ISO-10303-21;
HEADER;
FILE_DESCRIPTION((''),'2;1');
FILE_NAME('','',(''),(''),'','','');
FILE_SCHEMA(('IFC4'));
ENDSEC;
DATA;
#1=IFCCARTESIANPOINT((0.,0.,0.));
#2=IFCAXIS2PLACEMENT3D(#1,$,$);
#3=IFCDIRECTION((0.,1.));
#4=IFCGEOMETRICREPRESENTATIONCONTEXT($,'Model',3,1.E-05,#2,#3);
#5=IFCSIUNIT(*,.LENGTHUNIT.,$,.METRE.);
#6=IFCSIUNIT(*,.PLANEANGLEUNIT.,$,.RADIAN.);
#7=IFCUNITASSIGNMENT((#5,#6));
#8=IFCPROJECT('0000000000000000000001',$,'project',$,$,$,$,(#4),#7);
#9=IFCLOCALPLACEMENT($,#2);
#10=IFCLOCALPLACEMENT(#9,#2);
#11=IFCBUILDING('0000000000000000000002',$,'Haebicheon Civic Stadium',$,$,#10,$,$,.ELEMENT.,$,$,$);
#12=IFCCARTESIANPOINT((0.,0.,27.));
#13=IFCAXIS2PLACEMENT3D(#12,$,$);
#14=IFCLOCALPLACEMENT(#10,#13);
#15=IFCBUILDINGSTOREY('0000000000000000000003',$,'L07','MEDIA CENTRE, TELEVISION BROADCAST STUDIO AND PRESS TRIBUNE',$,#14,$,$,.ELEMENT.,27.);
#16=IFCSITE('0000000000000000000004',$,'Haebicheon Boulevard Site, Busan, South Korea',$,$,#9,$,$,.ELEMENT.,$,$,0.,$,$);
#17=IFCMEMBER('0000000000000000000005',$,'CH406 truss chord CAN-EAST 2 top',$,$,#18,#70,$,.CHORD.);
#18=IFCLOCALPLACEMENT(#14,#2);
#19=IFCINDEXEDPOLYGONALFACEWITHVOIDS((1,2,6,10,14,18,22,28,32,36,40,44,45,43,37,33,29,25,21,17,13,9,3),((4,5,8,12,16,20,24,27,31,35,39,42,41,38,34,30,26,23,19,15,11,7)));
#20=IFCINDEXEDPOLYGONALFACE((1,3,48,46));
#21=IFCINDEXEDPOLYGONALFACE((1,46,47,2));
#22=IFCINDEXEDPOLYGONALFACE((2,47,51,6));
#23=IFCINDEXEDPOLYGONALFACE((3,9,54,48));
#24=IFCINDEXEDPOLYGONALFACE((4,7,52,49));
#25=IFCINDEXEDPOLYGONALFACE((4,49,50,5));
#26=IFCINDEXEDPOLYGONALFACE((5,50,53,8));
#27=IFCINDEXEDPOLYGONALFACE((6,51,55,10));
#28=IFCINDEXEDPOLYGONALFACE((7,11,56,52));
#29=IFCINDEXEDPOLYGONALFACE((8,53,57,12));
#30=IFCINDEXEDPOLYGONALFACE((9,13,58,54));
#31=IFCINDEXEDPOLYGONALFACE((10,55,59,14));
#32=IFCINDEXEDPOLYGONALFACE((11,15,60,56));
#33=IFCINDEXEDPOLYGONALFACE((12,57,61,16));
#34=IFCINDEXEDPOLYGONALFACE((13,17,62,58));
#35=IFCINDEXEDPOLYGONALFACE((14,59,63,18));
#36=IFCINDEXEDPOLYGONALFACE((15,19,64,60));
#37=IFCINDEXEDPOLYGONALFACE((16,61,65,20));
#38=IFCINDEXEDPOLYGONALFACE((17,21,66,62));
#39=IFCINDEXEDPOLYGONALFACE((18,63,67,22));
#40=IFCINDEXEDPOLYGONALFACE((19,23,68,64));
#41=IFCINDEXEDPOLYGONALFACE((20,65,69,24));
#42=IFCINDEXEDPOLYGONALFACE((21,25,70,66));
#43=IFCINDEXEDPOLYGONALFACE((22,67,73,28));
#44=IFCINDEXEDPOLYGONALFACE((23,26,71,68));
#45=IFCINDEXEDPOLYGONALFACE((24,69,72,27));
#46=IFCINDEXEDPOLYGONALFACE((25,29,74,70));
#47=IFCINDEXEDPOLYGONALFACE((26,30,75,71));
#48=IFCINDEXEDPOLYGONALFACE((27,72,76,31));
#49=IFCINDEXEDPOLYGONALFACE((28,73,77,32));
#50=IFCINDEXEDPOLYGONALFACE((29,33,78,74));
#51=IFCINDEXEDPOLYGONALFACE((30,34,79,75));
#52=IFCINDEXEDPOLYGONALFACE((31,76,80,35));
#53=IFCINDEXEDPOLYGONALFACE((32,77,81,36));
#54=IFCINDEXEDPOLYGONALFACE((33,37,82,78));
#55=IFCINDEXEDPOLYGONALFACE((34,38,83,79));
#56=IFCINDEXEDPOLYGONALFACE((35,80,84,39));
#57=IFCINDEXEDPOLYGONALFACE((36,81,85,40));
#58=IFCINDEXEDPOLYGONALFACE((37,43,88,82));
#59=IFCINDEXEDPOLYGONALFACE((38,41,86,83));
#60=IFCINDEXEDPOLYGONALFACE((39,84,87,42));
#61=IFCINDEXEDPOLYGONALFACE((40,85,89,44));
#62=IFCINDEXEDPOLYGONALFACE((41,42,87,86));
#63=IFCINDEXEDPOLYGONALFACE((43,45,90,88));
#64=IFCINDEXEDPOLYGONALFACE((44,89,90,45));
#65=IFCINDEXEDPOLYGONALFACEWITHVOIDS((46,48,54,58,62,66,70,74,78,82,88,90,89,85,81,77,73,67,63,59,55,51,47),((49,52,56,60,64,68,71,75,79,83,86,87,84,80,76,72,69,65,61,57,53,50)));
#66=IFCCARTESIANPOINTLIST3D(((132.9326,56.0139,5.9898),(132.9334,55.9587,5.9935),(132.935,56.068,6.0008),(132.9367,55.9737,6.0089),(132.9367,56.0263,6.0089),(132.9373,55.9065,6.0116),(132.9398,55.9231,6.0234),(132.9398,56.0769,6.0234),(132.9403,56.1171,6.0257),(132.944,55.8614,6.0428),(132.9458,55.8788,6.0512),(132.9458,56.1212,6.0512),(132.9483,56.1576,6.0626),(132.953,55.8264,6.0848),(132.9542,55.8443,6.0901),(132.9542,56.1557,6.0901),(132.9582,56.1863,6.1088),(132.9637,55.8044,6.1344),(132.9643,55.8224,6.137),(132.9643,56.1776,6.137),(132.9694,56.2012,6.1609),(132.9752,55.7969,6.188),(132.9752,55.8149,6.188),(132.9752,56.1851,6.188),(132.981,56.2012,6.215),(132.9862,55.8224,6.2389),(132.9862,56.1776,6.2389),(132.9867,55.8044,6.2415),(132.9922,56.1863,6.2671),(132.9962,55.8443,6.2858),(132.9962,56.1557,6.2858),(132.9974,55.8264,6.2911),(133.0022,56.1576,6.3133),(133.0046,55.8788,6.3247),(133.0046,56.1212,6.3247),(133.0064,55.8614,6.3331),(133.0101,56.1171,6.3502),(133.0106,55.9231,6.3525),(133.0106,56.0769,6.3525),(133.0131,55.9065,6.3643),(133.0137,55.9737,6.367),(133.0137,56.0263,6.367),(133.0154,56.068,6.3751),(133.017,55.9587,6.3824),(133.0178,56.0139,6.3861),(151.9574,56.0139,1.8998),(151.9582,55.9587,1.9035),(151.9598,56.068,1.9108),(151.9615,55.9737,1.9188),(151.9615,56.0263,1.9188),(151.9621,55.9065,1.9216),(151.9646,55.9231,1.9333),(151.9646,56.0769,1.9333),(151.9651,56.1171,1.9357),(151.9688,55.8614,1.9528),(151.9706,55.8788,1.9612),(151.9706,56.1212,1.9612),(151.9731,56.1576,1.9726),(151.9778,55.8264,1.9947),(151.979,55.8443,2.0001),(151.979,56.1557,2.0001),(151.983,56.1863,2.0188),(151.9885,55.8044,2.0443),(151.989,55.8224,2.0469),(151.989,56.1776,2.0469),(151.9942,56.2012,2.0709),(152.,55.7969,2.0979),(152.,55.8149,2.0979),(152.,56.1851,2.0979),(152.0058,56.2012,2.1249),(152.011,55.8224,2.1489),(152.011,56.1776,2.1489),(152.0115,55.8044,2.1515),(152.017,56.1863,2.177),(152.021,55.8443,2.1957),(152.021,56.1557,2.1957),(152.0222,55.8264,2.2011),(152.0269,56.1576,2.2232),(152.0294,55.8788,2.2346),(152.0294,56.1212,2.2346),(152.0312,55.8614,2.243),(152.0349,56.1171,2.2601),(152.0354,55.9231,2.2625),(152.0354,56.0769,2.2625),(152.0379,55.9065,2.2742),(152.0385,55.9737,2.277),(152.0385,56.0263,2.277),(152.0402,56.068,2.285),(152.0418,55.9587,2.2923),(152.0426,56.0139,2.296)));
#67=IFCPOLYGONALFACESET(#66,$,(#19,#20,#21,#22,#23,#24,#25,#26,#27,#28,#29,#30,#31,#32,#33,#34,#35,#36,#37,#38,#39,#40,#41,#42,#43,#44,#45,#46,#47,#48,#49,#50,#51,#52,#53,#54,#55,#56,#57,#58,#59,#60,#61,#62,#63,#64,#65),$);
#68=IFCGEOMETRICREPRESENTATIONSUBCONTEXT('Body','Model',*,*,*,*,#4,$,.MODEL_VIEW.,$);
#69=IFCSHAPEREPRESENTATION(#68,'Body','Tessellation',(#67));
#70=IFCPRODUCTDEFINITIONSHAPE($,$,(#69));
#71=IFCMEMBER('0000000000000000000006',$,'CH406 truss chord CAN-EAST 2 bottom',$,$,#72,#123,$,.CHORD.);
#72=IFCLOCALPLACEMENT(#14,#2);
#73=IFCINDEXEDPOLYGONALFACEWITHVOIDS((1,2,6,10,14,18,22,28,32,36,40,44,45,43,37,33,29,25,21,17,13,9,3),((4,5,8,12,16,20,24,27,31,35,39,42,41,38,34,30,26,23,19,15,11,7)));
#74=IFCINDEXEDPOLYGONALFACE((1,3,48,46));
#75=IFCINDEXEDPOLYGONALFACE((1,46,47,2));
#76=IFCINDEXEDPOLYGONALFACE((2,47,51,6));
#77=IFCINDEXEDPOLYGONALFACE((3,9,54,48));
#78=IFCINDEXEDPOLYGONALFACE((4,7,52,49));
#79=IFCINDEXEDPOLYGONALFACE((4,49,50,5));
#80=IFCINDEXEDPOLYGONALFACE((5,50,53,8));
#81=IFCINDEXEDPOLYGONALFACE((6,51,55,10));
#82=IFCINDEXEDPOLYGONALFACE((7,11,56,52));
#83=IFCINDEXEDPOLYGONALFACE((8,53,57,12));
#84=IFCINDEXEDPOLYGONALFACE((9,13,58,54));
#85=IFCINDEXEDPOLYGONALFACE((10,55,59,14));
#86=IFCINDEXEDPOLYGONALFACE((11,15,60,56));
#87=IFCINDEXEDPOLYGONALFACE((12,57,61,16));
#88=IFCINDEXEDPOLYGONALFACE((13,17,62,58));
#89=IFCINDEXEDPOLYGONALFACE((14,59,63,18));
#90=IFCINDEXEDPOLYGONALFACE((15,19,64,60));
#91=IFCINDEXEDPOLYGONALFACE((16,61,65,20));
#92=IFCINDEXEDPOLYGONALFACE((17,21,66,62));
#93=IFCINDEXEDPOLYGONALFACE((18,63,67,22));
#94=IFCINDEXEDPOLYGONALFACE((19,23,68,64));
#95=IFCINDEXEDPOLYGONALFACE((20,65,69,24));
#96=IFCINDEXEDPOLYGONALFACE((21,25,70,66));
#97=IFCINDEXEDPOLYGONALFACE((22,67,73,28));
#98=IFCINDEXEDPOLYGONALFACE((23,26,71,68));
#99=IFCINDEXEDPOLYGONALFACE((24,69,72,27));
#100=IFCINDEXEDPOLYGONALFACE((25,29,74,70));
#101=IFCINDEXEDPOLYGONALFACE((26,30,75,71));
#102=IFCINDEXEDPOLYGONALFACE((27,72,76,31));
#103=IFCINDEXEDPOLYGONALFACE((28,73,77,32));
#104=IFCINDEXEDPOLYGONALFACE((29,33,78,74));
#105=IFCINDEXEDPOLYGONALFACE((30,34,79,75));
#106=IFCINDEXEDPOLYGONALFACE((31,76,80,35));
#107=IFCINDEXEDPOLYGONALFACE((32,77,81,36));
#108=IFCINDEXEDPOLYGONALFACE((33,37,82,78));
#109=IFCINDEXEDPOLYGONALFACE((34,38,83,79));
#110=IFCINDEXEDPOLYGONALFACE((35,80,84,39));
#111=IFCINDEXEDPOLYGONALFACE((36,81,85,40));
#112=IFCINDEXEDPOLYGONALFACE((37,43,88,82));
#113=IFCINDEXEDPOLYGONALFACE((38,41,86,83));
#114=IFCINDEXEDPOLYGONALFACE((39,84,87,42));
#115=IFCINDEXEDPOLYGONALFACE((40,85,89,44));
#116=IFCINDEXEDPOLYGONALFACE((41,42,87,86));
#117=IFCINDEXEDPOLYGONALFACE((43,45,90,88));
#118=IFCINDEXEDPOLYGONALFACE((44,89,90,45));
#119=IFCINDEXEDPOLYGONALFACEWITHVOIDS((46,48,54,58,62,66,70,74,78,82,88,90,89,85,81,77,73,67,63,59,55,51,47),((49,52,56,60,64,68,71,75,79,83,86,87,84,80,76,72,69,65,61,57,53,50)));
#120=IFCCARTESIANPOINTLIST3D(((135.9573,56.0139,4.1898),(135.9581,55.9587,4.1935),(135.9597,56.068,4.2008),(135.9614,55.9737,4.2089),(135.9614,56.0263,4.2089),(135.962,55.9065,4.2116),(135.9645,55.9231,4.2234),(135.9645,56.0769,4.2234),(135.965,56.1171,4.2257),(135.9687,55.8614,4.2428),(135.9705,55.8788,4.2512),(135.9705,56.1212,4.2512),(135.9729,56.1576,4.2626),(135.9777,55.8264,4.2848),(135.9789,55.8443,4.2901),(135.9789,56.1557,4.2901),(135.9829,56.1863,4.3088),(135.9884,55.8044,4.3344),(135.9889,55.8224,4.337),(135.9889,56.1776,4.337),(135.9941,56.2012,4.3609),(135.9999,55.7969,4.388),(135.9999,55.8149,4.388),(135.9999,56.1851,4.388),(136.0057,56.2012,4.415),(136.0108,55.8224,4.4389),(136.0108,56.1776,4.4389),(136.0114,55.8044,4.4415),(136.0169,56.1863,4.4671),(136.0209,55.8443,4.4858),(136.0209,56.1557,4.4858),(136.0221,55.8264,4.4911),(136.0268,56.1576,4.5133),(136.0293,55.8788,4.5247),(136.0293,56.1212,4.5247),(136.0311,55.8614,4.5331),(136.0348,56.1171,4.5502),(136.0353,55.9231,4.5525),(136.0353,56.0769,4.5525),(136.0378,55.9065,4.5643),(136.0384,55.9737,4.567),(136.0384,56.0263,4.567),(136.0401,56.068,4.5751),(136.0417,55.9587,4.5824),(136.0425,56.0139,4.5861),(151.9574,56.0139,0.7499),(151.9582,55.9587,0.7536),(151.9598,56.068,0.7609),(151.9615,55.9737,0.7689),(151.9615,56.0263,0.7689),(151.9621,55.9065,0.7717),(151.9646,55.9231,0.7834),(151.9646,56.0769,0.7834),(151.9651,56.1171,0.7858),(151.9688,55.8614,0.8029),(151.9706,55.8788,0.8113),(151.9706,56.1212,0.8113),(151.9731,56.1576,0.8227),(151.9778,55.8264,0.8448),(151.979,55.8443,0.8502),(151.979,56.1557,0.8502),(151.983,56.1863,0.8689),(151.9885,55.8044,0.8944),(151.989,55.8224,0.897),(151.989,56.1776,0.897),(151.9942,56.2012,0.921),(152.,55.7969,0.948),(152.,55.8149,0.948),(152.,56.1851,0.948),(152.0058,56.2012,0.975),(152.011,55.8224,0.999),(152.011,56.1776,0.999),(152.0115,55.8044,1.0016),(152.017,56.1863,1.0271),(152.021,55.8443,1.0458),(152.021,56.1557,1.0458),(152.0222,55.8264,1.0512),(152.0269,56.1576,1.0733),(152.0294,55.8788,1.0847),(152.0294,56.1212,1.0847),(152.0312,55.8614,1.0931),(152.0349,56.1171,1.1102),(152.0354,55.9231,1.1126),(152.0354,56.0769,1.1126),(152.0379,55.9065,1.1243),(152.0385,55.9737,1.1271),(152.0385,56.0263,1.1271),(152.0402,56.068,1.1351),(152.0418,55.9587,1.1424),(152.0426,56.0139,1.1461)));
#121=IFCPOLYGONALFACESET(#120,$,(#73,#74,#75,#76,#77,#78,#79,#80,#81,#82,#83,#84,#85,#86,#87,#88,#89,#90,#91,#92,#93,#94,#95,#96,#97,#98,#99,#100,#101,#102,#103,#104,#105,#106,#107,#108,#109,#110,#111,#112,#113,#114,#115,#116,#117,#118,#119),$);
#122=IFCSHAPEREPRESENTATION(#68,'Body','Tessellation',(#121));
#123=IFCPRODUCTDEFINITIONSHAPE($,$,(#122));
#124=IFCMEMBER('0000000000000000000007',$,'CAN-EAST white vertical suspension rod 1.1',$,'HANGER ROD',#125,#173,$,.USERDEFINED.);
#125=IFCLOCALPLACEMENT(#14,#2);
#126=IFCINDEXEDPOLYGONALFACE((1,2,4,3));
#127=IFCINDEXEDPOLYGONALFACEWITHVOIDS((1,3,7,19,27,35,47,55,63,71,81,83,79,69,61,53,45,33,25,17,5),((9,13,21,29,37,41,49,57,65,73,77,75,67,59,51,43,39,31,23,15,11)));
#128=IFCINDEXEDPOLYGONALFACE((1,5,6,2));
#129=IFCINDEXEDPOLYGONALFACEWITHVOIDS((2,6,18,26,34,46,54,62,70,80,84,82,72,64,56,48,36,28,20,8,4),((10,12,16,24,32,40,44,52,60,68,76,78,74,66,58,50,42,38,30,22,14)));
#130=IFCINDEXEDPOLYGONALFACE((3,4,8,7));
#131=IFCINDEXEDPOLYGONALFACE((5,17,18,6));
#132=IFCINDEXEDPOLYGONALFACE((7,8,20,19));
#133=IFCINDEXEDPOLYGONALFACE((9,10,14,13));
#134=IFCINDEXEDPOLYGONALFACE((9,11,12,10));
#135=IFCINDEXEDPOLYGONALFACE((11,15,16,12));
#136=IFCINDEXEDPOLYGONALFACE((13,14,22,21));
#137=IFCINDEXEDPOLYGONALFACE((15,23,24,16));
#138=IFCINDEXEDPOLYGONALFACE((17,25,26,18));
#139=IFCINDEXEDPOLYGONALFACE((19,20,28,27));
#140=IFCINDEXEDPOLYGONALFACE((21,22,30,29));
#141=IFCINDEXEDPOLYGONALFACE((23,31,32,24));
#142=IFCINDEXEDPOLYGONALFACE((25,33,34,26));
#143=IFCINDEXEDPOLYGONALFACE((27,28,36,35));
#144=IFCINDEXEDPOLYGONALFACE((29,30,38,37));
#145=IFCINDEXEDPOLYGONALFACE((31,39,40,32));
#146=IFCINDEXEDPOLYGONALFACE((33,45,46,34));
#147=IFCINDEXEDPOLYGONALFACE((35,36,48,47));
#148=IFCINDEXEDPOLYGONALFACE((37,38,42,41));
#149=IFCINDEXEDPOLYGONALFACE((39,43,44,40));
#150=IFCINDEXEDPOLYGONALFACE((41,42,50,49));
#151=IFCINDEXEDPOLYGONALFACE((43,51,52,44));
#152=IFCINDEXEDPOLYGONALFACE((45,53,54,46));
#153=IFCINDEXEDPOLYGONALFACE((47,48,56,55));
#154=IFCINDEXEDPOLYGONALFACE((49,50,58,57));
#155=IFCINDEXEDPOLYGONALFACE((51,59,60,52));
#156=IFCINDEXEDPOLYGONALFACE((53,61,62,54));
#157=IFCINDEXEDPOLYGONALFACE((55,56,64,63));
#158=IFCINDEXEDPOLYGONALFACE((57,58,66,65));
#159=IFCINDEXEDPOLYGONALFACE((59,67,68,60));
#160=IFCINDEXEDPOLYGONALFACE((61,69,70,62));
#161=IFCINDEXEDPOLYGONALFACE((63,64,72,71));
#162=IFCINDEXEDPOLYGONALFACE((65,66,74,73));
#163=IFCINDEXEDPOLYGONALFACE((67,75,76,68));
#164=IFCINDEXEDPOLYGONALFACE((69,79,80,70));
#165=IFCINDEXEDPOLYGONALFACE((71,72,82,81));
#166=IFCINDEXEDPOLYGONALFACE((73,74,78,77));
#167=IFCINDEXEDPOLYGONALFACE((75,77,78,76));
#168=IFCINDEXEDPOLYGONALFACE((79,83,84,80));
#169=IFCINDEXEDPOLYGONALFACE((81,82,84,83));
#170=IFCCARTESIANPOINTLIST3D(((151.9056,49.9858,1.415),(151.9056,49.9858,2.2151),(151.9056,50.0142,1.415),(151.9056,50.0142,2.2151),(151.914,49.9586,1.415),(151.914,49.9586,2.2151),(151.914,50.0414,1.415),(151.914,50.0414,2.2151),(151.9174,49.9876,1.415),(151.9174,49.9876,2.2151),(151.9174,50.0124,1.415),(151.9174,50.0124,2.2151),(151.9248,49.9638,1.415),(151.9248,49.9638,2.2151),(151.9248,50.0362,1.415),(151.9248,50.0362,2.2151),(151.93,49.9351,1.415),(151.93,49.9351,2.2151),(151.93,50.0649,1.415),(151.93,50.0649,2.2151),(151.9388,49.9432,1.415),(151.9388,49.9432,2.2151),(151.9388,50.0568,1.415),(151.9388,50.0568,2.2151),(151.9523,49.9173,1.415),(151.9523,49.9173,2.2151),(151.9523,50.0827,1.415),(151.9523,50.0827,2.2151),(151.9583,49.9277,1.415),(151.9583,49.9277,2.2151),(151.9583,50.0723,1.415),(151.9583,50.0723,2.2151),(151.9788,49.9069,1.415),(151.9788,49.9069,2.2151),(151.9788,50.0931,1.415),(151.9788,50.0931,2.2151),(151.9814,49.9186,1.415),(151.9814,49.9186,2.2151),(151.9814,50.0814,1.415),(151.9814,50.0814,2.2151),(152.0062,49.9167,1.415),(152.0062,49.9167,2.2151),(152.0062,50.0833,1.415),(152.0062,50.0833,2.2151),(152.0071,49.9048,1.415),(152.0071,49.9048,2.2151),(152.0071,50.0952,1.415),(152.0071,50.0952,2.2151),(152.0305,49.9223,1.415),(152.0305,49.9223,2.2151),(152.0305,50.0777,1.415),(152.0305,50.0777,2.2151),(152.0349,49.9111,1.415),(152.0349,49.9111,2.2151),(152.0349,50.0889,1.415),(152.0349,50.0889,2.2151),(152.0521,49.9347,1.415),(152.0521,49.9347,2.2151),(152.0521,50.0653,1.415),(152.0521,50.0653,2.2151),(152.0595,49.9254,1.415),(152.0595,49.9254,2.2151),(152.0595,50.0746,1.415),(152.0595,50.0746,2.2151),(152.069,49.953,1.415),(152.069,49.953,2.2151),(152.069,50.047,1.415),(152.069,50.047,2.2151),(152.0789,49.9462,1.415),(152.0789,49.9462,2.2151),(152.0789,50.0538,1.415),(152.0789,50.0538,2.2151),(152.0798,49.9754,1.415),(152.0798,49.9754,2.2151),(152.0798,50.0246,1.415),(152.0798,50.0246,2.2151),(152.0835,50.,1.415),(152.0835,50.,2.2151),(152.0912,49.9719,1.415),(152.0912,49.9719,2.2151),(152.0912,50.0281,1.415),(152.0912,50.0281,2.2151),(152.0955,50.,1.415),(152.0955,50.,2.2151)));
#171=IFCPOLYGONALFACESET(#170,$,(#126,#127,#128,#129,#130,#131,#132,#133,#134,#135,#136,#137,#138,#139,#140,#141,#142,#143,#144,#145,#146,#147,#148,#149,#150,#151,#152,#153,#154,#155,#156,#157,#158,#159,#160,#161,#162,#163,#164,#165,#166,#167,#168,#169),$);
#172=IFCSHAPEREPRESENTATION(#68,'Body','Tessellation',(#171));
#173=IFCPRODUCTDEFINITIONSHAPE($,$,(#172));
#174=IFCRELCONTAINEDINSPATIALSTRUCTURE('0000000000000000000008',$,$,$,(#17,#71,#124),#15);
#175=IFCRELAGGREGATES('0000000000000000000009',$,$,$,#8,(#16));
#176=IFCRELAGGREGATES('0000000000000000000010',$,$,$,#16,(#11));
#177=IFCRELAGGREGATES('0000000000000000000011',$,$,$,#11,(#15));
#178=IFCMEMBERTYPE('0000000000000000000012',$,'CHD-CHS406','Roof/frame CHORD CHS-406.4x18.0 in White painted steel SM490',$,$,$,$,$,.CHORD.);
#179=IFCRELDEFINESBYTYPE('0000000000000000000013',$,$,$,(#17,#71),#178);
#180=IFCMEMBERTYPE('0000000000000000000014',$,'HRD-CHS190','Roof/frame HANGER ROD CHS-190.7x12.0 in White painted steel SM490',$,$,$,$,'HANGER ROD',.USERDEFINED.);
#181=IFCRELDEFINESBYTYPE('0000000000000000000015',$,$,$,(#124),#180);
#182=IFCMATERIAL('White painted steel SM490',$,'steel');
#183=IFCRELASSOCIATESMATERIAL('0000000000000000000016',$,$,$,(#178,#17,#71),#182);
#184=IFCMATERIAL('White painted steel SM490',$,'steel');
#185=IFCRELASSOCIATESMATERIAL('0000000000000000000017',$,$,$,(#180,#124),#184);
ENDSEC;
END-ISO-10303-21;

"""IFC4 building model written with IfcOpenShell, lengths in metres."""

from ifc_helpers import new_model, si_unit, direction, frame, origin, origin_2d, place, context, subcontext, project, spatial, hollow_circle, extrude, material, material_profile, profile_set, type_object, element, save


model = new_model("IFC4")

# Units and contexts
model_context = context("Model", 3, precision=1e-05, world=origin(), true_north=direction((0.0, 1.0)))
body_context = subcontext(model_context, "Body", "Model", "MODEL_VIEW")
ifc_project = project(units=[si_unit("LENGTHUNIT", "METRE"), si_unit("PLANEANGLEUNIT", "RADIAN")], contexts=[model_context])

# Site, building, storey
site_placement = place(None, origin())
site = spatial("IfcSite", under=ifc_project, at=site_placement, Name="Haebicheon Boulevard Site, Busan, South Korea", CompositionType="ELEMENT", RefElevation=0.0)
building_placement = place(site_placement, origin())
building = spatial("IfcBuilding", under=site, at=building_placement, Name="Haebicheon Civic Stadium", CompositionType="ELEMENT")
storey_placement = place(building_placement, frame((0.0, 0.0, 27.0)))
storey = spatial("IfcBuildingStorey", under=building, at=storey_placement, Name="L07", Description="MEDIA CENTRE, TELEVISION BROADCAST STUDIO AND PRESS TRIBUNE", CompositionType="ELEMENT", Elevation=27.0)

# Members
ifc_material_1 = material(Name="White painted steel SM490", Category="steel")
ifc_material_profile_1 = material_profile(ifc_material_1, hollow_circle(Radius=0.2031, WallThickness=0.0181, at=origin_2d()), Name="CHS-406.4x18.0")
ifc_profile_set_1 = profile_set([ifc_material_profile_1], Name="White painted steel SM490")
member_type_1 = type_object("IfcMemberType", Name="CHD-CHS406", Description="Roof/frame CHORD CHS-406.4x18.0 in White painted steel SM490", PredefinedType="CHORD", material=ifc_profile_set_1)
member_1_placement = place(storey_placement, frame((152.0, 56.0, 2.0979), z_axis=(-0.977662, 0.0, 0.210184), x_axis=(0.0, -1.0, 0.0)))
element("IfcMember", 1, at=member_1_placement, inside=storey, type_object=member_type_1, material=ifc_profile_set_1, Name="CH406 truss chord CAN-EAST 2 top", PredefinedType="CHORD", context=body_context, shape_type="SweptSolid", body=[
    extrude(hollow_circle(Radius=0.2031, WallThickness=0.0181, at=origin_2d()), origin(), (0.0, 0.0, 1.0), 19.4595),
])
member_2_placement = place(storey_placement, frame((152.0, 56.0, 0.948), z_axis=(-0.97766, 0.0, 0.210193), x_axis=(0.0, -1.0, 0.0)))
element("IfcMember", 2, at=member_2_placement, inside=storey, type_object=member_type_1, material=ifc_profile_set_1, Name="CH406 truss chord CAN-EAST 2 bottom", PredefinedType="CHORD", context=body_context, shape_type="SweptSolid", body=[
    extrude(hollow_circle(Radius=0.2031, WallThickness=0.0181, at=origin_2d()), origin(), (0.0, 0.0, 1.0), 16.3657),
])
ifc_material_2 = material(Name="White painted steel SM490", Category="steel")
ifc_material_profile_2 = material_profile(ifc_material_2, hollow_circle(Radius=0.0955, WallThickness=0.012, at=origin_2d()), Name="CHS-190.7x12.0")
ifc_profile_set_2 = profile_set([ifc_material_profile_2], Name="White painted steel SM490")
member_type_2 = type_object("IfcMemberType", Name="HRD-CHS190", Description="Roof/frame HANGER ROD CHS-190.7x12.0 in White painted steel SM490", ElementType="HANGER ROD", PredefinedType="USERDEFINED", material=ifc_profile_set_2)
member_3_placement = place(storey_placement, frame((152.0, 50.0, 1.415), z_axis=(0.0, 0.0, 1.0), x_axis=(1.0, 0.0, 0.0)))
element("IfcMember", 3, at=member_3_placement, inside=storey, type_object=member_type_2, material=ifc_profile_set_2, Name="CAN-EAST white vertical suspension rod 1.1", ObjectType="HANGER ROD", PredefinedType="USERDEFINED", context=body_context, shape_type="SweptSolid", body=[
    extrude(hollow_circle(Radius=0.0955, WallThickness=0.012, at=origin_2d()), origin(), (0.0, 0.0, 1.0), 0.8),
])

save(model, "model.ifc")
